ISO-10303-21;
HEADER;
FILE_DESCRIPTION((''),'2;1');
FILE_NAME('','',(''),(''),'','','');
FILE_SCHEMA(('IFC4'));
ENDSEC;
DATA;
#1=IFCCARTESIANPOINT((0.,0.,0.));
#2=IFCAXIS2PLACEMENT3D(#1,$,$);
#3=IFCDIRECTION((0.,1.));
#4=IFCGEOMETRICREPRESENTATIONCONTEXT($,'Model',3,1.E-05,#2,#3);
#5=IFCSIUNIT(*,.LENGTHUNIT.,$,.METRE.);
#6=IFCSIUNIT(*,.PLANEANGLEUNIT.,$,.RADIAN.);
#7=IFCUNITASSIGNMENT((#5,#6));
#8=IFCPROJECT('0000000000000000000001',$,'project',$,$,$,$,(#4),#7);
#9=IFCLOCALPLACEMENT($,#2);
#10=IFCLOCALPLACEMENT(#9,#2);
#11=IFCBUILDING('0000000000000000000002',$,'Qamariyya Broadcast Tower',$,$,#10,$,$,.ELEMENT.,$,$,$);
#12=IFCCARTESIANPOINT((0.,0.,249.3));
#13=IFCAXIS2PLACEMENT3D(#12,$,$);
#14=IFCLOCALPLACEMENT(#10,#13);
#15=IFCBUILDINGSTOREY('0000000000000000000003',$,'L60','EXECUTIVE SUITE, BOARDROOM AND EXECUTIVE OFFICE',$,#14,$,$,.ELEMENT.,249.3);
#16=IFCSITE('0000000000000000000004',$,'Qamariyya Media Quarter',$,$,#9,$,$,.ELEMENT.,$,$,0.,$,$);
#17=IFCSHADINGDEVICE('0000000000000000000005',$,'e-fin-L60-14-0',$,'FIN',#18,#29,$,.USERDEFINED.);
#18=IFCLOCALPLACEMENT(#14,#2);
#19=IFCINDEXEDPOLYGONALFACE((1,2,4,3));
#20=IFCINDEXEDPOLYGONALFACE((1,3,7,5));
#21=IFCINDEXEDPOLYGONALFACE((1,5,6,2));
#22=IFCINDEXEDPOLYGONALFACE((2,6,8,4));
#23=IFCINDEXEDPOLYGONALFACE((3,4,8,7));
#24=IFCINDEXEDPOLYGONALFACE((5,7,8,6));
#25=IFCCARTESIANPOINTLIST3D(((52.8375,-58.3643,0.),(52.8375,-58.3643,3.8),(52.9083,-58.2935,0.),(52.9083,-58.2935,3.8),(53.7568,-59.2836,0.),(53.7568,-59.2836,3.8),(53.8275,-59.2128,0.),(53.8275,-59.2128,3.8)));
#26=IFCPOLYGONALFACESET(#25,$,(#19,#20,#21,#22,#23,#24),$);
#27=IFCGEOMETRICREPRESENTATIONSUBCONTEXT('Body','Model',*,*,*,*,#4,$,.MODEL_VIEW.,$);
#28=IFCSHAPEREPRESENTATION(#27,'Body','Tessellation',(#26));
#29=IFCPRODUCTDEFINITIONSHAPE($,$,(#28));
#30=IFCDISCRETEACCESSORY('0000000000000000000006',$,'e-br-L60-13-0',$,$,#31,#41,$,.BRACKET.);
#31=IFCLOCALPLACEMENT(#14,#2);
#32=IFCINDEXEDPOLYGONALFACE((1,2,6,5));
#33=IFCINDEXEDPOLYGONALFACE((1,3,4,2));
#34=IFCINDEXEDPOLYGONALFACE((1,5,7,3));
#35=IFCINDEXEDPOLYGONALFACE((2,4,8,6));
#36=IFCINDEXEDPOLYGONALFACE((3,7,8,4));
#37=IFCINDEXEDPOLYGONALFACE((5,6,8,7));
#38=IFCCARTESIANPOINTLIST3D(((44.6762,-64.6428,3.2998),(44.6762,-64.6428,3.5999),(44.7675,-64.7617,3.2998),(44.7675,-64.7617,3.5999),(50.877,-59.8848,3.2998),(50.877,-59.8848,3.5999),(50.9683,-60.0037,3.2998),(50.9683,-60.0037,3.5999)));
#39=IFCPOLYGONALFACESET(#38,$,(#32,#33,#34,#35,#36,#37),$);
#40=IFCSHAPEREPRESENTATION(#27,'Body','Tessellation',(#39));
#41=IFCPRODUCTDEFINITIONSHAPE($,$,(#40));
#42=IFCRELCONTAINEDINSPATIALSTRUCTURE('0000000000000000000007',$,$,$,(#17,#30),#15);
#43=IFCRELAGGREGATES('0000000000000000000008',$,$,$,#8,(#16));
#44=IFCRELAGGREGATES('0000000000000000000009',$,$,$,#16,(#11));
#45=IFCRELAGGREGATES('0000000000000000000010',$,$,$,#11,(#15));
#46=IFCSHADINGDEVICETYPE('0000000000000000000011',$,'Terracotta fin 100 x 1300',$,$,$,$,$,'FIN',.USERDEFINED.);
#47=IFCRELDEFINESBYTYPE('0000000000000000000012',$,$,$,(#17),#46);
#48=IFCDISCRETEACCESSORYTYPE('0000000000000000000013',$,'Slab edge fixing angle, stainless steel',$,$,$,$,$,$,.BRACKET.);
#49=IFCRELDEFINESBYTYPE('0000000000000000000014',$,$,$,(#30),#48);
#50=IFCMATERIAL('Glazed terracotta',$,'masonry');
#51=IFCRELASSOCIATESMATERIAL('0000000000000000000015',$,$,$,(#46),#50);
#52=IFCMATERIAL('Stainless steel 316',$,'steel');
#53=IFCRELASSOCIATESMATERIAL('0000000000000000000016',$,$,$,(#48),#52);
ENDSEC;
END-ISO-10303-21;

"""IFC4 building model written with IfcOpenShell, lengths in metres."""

from ifc_helpers import new_model, si_unit, direction, frame, origin, origin_2d, place, context, subcontext, project, spatial, rectangle, extrude, material, material_profile, profile_set, type_object, element, save


model = new_model("IFC4")

# Units and contexts
model_context = context("Model", 3, precision=1e-05, world=origin(), true_north=direction((0.0, 1.0)))
body_context = subcontext(model_context, "Body", "Model", "MODEL_VIEW")
ifc_project = project(units=[si_unit("LENGTHUNIT", "METRE"), si_unit("PLANEANGLEUNIT", "RADIAN")], contexts=[model_context])

# Site, building, storey
site_placement = place(None, origin())
site = spatial("IfcSite", under=ifc_project, at=site_placement, Name="Qamariyya Media Quarter", CompositionType="ELEMENT", RefElevation=0.0)
building_placement = place(site_placement, origin())
building = spatial("IfcBuilding", under=site, at=building_placement, Name="Qamariyya Broadcast Tower", CompositionType="ELEMENT")
storey_placement = place(building_placement, frame((0.0, 0.0, 249.3)))
storey = spatial("IfcBuildingStorey", under=building, at=storey_placement, Name="L60", Description="EXECUTIVE SUITE, BOARDROOM AND EXECUTIVE OFFICE", CompositionType="ELEMENT", Elevation=249.3)

# Shading device
ifc_material_1 = material(Name="Glazed terracotta", Category="masonry")
ifc_material_profile_1 = material_profile(ifc_material_1, rectangle(XDim=1.3, YDim=0.1001, at=origin_2d()))
ifc_profile_set_1 = profile_set([ifc_material_profile_1], Name="Glazed terracotta")
shading_device_type_1 = type_object("IfcShadingDeviceType", Name="Terracotta fin 100 x 1300", ElementType="FIN", PredefinedType="USERDEFINED", material=ifc_profile_set_1)
for number, where, z_axis, x_axis, name in (
    (1, (53.3325, -58.7886, 0.0), (0.0, 0.0, 1.0), (0.707107, -0.707107, 0.0), "e-fin-L60-14-0"),
):
    element("IfcShadingDevice", number, at=place(storey_placement, frame(where, z_axis=z_axis, x_axis=x_axis)), inside=storey, type_object=shading_device_type_1, Name=name, ObjectType="FIN", PredefinedType="USERDEFINED", context=body_context, shape_type="SweptSolid", body=[
        extrude(rectangle(XDim=1.3, YDim=0.1001, at=origin_2d()), origin(), (0.0, 0.0, 1.0), 3.8),
    ])

# Discrete accessory
ifc_material_2 = material(Name="Stainless steel 316", Category="steel")
discrete_accessory_type = type_object("IfcDiscreteAccessoryType", Name="Slab edge fixing angle, stainless steel", PredefinedType="BRACKET", material=ifc_material_2)
discrete_accessory_placement = place(storey_placement, frame((47.8223, -62.3232, 3.2998), z_axis=(0.0, 0.0, 1.0), x_axis=(0.793353, 0.608761, 0.0)))
element("IfcDiscreteAccessory", 2, at=discrete_accessory_placement, inside=storey, type_object=discrete_accessory_type, Name="e-br-L60-13-0", PredefinedType="BRACKET", context=body_context, shape_type="SweptSolid", body=[
    extrude(rectangle(XDim=7.8159, YDim=0.1499, at=origin_2d()), origin(), (0.0, 0.0, 1.0), 0.3),
])

save(model, "model.ifc")
